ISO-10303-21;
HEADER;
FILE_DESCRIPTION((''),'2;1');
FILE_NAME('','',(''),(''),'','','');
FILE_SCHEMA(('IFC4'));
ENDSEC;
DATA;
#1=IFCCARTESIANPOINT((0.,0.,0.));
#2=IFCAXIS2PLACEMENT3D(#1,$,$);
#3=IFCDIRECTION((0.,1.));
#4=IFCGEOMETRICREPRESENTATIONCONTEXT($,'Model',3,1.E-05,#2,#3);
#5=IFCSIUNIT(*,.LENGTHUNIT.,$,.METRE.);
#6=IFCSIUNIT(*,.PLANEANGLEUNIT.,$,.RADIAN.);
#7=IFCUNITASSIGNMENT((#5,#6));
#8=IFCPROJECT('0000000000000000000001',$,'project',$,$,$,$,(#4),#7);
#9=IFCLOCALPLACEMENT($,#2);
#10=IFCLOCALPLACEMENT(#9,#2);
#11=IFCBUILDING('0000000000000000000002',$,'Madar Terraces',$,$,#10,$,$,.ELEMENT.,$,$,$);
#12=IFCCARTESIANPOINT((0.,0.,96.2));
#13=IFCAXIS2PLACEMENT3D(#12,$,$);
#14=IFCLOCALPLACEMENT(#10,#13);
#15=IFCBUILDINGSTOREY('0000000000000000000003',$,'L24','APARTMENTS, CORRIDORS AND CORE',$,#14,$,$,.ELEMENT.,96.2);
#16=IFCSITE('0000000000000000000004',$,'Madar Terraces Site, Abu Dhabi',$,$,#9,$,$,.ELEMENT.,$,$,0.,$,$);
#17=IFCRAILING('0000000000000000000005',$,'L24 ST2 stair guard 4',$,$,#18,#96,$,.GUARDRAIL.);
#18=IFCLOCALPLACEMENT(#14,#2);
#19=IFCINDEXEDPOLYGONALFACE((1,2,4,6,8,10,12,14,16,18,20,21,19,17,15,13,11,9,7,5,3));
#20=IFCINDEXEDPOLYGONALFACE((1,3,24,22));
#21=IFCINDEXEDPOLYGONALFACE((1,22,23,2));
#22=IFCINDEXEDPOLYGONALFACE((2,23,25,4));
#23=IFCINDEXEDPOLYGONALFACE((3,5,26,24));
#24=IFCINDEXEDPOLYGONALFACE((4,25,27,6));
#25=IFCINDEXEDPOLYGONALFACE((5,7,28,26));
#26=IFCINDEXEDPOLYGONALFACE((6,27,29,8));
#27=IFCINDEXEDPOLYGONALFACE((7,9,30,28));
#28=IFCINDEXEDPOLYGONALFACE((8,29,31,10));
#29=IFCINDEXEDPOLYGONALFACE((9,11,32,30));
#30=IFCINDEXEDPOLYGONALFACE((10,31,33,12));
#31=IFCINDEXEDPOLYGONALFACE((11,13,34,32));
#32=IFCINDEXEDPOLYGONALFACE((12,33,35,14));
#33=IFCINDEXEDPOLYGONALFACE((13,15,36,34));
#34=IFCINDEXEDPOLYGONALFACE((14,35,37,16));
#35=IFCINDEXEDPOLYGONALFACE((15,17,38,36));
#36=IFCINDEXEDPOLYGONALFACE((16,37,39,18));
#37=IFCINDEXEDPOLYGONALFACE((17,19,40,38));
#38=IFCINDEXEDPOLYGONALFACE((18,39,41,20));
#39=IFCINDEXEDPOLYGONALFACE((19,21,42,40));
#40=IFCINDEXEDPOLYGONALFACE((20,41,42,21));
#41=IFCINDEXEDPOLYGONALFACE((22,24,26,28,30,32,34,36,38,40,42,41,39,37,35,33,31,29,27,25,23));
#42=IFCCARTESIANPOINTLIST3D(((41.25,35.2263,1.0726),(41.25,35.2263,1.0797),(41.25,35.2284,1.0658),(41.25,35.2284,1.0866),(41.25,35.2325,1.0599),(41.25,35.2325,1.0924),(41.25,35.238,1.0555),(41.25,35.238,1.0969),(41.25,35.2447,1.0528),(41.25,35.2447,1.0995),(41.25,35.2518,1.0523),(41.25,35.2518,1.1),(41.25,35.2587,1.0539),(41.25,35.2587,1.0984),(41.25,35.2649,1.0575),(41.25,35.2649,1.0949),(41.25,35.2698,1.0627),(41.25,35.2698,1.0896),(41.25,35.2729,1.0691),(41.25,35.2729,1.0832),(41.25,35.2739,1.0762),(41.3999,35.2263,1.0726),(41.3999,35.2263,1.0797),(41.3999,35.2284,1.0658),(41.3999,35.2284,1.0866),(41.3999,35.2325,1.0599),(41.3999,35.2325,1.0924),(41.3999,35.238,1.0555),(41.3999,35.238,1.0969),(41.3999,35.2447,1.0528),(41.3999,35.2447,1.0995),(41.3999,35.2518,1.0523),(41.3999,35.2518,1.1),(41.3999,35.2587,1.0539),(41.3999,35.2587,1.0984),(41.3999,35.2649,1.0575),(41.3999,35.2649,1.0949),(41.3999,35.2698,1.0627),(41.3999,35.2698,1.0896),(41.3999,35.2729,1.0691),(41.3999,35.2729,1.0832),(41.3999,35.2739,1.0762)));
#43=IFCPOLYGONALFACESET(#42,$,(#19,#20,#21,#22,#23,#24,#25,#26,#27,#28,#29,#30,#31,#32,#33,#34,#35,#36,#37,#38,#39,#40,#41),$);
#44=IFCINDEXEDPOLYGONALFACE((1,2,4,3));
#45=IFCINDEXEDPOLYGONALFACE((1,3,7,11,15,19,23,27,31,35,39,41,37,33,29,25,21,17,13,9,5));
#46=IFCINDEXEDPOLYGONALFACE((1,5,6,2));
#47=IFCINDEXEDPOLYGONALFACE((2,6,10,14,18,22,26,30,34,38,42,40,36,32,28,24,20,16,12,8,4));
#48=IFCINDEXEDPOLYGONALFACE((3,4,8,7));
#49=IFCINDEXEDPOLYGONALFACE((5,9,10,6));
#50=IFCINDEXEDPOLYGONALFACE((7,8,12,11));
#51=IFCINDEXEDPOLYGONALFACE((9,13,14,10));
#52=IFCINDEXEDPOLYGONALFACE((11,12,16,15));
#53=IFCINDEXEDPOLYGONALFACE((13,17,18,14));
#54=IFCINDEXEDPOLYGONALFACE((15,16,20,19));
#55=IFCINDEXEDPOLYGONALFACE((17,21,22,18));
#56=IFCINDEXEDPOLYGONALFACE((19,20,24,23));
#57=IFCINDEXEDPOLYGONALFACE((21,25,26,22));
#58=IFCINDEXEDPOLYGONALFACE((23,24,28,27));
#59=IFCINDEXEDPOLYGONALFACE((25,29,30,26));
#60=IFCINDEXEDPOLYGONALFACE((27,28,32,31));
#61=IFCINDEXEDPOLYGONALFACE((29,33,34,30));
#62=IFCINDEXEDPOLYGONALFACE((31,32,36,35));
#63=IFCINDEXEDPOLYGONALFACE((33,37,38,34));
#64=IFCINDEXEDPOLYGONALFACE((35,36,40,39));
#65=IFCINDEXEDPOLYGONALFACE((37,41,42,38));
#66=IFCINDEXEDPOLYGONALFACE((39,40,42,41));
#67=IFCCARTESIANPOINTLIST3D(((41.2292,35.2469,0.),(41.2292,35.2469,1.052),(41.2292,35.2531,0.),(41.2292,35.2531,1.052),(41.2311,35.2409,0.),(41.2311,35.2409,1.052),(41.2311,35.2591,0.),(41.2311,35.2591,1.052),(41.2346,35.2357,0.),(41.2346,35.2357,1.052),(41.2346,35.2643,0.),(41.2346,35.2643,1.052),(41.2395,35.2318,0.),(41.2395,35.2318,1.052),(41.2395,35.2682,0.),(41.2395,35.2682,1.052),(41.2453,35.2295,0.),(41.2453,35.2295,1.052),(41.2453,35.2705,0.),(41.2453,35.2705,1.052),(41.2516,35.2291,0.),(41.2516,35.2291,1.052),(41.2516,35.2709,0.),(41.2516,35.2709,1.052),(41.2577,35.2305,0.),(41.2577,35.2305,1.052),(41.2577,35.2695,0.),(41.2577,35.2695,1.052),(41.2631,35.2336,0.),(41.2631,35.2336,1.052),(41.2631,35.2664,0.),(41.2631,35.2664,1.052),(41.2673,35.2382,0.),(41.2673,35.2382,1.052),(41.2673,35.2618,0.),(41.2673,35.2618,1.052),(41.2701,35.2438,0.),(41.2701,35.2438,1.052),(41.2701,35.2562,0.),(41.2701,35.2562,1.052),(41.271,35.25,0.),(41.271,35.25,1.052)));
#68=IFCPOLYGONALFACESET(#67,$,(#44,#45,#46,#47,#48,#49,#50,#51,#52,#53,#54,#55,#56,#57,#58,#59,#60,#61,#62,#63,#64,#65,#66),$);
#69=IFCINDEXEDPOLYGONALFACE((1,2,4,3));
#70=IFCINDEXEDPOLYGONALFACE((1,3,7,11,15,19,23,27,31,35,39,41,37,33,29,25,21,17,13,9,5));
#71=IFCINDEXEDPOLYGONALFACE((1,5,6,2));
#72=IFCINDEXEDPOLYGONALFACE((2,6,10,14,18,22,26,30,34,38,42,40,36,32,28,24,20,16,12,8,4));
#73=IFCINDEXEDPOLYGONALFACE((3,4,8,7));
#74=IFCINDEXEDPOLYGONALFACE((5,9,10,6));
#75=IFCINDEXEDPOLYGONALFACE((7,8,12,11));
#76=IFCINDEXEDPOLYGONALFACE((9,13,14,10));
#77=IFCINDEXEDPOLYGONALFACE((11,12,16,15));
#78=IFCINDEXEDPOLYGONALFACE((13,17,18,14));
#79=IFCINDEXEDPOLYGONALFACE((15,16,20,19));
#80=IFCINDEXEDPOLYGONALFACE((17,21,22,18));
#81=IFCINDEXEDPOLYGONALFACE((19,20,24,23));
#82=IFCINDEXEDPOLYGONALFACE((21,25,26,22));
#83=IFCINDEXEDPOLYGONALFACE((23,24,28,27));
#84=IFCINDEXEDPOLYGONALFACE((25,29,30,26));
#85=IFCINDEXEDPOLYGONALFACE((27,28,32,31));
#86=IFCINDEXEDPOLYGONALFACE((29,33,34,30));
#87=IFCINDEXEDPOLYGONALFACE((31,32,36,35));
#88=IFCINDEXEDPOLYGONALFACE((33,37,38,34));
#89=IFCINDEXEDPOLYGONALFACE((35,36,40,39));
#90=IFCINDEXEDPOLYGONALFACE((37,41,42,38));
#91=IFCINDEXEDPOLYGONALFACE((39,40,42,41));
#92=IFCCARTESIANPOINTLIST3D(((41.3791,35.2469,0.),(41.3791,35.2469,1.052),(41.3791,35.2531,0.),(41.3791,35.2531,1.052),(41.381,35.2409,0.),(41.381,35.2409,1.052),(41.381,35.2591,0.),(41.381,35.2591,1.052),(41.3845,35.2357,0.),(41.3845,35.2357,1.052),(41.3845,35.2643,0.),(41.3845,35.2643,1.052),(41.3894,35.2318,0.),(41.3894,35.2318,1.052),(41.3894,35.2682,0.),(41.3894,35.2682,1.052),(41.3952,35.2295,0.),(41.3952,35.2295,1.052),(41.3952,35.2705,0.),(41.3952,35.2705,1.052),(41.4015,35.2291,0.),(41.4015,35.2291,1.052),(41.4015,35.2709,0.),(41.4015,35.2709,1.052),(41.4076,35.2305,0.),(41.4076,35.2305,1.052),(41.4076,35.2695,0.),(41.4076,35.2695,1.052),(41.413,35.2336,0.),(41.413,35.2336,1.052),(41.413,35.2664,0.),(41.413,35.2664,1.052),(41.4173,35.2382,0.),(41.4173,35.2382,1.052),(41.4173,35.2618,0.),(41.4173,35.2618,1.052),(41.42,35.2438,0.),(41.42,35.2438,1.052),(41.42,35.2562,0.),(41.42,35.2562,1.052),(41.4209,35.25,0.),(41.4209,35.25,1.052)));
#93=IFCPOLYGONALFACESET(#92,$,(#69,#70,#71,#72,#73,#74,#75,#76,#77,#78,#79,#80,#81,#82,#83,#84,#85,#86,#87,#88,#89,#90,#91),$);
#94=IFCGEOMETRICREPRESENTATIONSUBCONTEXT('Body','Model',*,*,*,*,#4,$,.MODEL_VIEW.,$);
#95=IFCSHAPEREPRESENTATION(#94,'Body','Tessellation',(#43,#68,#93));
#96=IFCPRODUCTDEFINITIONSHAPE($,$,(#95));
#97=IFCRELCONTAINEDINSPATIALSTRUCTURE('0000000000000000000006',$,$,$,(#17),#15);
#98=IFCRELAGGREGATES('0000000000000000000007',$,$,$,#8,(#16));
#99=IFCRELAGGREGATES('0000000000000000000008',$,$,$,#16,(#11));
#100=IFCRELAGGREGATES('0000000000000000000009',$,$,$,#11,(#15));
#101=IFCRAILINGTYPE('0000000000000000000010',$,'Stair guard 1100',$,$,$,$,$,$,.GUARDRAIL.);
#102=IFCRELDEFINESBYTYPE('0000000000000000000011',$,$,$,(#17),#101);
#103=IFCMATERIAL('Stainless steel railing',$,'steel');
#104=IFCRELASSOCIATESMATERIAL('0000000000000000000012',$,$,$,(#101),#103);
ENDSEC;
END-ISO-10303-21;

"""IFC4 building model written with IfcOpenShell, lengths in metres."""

from ifc_helpers import new_model, si_unit, direction, frame, origin, origin_2d, place, context, subcontext, project, spatial, circle, extrude, material, type_object, element, save


model = new_model("IFC4")

# Units and contexts
model_context = context("Model", 3, precision=1e-05, world=origin(), true_north=direction((0.0, 1.0)))
body_context = subcontext(model_context, "Body", "Model", "MODEL_VIEW")
ifc_project = project(units=[si_unit("LENGTHUNIT", "METRE"), si_unit("PLANEANGLEUNIT", "RADIAN")], contexts=[model_context])

# Site, building, storey
site_placement = place(None, origin())
site = spatial("IfcSite", under=ifc_project, at=site_placement, Name="Madar Terraces Site, Abu Dhabi", CompositionType="ELEMENT", RefElevation=0.0)
building_placement = place(site_placement, origin())
building = spatial("IfcBuilding", under=site, at=building_placement, Name="Madar Terraces", CompositionType="ELEMENT")
storey_placement = place(building_placement, frame((0.0, 0.0, 96.2)))
storey = spatial("IfcBuildingStorey", under=building, at=storey_placement, Name="L24", Description="APARTMENTS, CORRIDORS AND CORE", CompositionType="ELEMENT", Elevation=96.2)

# Railing
ifc_material_1 = material(Name="Stainless steel railing", Category="steel")
railing_type_1 = type_object("IfcRailingType", Name="Stair guard 1100", PredefinedType="GUARDRAIL", material=ifc_material_1)
railing_1_placement = place(storey_placement, frame((41.25, 35.25, 0.0)))
element("IfcRailing", 1, at=railing_1_placement, inside=storey, type_object=railing_type_1, Name="L24 ST2 stair guard 4", PredefinedType="GUARDRAIL", context=body_context, shape_type="SweptSolid", body=[
    extrude(circle(Radius=0.0239, at=origin_2d()), frame((0.0, 0.0, 1.0762), z_axis=(1.0, 0.0, 0.0), x_axis=(0.0, 1.0, 0.0)), (0.0, 0.0, 1.0), 0.1499),
    extrude(circle(Radius=0.021, at=origin_2d()), origin(), (0.0, 0.0, 1.0), 1.052),
    extrude(circle(Radius=0.021, at=origin_2d()), frame((0.1499, 0.0, 0.0)), (0.0, 0.0, 1.0), 1.052),
])

save(model, "model.ifc")
